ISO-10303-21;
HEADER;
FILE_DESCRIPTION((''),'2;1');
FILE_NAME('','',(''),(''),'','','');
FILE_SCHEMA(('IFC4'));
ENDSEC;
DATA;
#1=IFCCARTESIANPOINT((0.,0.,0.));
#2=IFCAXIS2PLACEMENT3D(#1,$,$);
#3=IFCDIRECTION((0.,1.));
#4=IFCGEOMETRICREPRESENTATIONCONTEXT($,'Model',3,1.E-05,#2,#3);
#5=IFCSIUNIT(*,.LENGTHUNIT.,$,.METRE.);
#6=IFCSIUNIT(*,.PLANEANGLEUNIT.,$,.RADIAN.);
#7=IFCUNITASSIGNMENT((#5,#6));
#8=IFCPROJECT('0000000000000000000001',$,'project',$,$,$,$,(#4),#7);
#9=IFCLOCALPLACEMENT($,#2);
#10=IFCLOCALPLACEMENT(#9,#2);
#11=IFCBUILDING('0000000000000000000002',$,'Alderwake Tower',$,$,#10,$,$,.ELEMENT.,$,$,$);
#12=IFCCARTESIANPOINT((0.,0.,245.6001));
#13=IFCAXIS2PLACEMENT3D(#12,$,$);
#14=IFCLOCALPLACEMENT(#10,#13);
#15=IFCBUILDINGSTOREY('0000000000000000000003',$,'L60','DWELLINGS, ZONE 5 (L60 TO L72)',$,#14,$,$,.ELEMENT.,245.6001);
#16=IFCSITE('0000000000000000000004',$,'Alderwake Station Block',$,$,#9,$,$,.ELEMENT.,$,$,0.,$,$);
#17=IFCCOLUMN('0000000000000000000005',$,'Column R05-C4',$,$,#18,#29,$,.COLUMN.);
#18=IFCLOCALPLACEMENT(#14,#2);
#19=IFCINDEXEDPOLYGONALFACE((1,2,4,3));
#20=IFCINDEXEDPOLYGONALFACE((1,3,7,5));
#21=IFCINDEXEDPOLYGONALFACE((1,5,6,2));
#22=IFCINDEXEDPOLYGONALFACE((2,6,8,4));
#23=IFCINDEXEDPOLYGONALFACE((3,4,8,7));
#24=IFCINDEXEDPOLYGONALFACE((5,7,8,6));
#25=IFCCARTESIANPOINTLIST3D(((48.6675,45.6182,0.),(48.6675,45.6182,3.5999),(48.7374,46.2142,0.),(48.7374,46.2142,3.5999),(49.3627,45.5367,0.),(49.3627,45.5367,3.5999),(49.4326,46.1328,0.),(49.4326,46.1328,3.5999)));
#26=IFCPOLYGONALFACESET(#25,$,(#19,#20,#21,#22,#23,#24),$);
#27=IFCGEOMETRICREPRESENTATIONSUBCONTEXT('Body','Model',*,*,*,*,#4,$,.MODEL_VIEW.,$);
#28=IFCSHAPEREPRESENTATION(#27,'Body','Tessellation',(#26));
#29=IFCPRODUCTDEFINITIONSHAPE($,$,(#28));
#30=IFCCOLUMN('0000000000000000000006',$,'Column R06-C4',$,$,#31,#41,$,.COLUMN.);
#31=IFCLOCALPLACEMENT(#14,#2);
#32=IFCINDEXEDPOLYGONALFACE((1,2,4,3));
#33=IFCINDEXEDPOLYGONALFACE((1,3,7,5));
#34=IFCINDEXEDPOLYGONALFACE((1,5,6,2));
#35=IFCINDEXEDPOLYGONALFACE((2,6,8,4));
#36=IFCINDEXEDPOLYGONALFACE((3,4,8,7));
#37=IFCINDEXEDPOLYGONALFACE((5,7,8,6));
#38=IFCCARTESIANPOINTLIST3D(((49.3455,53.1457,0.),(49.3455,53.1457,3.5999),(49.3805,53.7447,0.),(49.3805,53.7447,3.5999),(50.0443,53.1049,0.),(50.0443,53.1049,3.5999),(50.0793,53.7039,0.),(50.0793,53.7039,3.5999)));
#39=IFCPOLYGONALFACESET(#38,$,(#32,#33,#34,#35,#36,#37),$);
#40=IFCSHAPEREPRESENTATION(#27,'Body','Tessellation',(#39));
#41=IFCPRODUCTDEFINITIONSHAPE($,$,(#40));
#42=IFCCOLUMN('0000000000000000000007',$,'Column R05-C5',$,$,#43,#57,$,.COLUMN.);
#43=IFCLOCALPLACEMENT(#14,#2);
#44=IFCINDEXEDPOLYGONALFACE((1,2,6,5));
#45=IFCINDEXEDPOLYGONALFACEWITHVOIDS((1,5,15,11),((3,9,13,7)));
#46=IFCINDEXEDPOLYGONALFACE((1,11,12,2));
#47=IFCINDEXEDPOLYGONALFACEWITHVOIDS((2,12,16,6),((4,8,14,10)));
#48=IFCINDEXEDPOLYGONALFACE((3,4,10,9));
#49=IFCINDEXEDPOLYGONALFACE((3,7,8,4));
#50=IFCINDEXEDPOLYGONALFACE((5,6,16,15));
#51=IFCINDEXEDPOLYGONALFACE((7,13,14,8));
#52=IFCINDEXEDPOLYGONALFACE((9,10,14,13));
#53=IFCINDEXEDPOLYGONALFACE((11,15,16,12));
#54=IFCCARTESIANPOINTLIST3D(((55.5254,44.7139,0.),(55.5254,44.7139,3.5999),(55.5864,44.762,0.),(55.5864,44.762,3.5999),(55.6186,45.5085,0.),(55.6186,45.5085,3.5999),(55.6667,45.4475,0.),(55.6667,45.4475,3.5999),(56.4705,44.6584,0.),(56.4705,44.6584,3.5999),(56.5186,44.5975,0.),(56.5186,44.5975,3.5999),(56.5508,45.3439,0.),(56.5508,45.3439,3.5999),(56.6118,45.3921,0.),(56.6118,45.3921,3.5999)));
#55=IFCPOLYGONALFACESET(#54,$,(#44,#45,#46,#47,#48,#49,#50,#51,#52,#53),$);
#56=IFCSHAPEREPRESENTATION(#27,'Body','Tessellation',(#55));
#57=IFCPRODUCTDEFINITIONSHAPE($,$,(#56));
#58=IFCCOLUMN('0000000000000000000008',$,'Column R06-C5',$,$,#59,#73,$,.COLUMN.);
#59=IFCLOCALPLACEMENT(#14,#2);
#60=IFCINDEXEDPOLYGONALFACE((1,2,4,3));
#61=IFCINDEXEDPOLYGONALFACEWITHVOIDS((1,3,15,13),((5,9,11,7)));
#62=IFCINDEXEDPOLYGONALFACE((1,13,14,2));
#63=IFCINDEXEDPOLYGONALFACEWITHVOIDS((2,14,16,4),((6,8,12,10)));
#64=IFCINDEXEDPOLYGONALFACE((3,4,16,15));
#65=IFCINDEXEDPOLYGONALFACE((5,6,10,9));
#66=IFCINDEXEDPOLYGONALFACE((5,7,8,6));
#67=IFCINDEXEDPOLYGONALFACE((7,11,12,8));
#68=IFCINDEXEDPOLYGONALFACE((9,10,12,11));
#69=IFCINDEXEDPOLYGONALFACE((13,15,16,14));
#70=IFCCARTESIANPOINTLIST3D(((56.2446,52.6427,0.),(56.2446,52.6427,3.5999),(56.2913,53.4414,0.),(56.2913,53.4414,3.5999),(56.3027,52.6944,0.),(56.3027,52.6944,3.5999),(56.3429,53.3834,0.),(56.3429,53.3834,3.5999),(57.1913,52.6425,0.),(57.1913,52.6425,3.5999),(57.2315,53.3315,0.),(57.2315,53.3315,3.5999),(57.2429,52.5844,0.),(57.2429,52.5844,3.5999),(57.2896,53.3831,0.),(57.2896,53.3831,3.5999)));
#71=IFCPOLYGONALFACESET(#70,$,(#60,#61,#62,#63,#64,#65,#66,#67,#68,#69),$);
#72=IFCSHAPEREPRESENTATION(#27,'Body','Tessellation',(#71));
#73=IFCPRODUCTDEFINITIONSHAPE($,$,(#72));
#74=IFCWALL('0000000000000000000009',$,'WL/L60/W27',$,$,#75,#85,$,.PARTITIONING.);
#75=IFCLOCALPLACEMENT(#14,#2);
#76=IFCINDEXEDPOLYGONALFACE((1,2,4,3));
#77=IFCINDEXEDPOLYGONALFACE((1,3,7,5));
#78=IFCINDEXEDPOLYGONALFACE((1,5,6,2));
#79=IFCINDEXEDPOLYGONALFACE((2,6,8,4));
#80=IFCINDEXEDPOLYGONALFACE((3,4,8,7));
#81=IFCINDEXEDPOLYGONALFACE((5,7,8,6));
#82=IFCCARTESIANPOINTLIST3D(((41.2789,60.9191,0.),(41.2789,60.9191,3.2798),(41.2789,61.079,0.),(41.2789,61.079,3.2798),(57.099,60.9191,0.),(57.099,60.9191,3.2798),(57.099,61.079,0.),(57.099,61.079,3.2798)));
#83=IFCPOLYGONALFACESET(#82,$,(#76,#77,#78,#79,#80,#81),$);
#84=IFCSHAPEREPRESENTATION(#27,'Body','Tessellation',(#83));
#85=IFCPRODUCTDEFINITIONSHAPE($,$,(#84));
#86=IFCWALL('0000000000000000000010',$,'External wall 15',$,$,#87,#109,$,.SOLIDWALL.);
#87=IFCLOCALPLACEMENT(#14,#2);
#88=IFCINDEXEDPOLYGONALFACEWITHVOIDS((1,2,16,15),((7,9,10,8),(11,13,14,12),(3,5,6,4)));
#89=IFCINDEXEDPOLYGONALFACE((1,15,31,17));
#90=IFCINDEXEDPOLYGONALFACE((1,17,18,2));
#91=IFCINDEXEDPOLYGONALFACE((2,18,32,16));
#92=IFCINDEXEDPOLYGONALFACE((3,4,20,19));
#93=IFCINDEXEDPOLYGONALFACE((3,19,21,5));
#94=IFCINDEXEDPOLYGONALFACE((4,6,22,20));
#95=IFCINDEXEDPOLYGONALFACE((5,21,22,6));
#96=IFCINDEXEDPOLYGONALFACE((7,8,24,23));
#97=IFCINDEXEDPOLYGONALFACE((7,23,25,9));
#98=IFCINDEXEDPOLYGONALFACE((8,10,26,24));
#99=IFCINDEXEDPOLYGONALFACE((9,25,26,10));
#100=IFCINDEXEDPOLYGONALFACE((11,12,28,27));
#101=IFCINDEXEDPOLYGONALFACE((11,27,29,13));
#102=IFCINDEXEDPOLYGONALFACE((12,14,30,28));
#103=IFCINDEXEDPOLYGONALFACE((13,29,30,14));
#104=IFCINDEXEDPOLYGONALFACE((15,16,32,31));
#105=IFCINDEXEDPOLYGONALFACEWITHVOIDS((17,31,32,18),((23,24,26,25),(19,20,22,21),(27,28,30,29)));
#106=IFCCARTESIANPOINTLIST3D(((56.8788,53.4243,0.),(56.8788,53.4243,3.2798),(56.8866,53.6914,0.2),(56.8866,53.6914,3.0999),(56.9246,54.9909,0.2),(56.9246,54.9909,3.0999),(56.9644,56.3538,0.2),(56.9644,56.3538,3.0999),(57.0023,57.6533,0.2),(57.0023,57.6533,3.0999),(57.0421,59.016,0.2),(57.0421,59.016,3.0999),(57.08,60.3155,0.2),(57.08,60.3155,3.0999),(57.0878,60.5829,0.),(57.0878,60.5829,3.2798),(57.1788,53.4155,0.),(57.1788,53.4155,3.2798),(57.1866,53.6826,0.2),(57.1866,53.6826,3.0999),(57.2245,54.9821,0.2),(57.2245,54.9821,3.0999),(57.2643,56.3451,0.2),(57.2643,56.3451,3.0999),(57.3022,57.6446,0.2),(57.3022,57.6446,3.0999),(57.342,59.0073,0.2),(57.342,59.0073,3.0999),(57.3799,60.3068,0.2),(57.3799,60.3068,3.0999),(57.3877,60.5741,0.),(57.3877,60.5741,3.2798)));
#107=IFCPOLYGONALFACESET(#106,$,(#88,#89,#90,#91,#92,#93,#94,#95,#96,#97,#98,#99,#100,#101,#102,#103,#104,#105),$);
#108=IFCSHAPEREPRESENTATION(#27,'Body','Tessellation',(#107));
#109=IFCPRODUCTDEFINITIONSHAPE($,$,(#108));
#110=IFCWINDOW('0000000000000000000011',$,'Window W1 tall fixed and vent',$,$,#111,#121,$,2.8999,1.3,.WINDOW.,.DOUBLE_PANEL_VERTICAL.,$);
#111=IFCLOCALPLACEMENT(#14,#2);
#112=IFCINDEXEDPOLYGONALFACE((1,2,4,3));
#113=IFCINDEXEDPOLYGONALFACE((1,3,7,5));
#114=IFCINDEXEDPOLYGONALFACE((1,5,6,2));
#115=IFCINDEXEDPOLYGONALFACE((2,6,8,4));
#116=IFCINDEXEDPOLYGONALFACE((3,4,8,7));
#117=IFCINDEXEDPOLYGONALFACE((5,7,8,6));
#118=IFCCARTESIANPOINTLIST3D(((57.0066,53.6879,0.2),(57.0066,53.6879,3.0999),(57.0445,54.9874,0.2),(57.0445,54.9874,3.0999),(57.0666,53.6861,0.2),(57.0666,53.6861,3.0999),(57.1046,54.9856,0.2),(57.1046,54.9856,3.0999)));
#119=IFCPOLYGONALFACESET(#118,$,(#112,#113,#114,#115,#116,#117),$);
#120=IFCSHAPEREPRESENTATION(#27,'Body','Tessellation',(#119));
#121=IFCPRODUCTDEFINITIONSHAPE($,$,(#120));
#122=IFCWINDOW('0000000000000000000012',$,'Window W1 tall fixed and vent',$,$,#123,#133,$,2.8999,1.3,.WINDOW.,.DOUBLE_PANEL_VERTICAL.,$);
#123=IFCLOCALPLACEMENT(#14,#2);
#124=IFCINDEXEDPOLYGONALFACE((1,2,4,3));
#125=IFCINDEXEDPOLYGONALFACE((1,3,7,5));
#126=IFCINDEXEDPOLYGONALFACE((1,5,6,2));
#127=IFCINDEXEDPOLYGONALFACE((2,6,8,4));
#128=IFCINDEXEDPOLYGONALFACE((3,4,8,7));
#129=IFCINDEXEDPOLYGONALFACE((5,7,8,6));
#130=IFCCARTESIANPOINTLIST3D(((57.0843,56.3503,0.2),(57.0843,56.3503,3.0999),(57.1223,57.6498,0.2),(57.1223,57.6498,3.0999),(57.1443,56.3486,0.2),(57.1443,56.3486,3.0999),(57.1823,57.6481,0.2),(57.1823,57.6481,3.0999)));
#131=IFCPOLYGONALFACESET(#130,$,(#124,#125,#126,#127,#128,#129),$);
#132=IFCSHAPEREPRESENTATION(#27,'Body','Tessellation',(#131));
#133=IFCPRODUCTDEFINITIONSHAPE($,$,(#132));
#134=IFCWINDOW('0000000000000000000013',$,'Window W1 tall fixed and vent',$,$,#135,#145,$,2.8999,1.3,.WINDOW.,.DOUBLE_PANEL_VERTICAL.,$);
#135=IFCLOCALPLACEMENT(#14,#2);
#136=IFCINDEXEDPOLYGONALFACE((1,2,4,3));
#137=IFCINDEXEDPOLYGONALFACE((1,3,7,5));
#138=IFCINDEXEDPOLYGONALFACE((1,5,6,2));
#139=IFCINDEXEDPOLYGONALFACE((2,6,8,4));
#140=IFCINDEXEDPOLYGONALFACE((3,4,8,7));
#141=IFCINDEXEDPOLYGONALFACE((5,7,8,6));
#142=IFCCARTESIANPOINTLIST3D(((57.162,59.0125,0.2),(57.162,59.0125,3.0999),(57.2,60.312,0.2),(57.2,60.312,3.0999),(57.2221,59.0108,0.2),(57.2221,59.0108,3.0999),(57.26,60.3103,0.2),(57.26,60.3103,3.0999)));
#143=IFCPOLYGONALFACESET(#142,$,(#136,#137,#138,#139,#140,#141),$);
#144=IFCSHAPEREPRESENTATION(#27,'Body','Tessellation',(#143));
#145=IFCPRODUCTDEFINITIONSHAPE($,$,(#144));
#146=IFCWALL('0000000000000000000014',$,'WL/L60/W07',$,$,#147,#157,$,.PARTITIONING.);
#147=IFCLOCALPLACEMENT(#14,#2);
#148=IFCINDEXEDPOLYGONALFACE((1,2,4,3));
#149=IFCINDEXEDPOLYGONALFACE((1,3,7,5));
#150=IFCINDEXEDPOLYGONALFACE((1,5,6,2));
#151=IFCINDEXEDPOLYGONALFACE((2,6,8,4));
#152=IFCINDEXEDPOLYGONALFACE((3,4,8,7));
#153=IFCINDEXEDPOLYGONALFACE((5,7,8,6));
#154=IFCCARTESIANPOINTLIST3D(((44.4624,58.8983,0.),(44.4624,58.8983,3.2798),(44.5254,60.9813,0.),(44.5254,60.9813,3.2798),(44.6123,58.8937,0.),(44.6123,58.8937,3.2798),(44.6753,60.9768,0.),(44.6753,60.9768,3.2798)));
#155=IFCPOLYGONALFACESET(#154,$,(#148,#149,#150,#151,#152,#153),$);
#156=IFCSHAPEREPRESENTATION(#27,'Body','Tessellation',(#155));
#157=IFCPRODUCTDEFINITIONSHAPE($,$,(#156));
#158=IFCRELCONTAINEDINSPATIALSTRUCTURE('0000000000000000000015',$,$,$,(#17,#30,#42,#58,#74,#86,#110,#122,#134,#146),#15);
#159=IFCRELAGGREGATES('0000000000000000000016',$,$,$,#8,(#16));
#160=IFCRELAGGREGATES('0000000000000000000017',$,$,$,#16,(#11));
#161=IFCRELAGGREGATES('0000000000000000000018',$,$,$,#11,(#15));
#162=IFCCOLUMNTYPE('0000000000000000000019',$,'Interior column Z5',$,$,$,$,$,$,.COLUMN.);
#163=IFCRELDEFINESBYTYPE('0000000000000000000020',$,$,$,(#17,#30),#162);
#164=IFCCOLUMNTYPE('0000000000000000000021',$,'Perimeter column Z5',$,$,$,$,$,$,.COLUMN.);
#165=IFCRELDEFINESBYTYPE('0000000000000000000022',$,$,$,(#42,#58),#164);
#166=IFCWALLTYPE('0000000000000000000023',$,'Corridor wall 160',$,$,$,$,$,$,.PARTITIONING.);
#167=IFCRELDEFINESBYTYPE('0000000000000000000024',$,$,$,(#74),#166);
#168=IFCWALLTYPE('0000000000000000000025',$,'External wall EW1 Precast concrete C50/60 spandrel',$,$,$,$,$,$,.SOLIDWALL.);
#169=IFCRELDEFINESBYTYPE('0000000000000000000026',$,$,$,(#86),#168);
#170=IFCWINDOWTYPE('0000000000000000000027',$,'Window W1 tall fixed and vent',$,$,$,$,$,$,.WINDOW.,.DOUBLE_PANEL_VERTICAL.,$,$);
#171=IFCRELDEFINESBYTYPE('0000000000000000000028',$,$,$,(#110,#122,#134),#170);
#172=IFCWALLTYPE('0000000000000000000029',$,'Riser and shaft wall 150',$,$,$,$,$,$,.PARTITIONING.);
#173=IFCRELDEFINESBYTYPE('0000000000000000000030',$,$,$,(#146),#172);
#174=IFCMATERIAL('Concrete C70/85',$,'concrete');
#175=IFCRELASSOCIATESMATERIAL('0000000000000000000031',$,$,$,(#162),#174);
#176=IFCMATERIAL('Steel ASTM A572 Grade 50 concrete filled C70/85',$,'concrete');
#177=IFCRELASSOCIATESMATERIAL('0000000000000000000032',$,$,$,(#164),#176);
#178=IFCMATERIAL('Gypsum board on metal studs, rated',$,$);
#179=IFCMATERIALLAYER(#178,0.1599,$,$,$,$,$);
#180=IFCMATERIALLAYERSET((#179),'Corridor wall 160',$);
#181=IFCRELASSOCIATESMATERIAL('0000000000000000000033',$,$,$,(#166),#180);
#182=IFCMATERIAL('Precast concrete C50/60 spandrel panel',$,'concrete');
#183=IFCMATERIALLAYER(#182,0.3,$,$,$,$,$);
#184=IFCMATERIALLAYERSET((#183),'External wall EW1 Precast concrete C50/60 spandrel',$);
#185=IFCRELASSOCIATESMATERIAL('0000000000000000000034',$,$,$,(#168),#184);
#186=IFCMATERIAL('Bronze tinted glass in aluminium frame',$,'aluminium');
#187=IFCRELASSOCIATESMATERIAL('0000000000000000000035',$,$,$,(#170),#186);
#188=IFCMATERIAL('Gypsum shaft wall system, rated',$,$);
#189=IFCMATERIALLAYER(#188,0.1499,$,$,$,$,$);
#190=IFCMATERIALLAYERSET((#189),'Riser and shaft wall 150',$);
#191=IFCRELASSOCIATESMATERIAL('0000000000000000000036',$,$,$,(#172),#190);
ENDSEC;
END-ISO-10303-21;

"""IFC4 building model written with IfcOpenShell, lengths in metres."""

from ifc_helpers import new_model, si_unit, direction, frame, frame_2d, origin, origin_2d, place, context, subcontext, project, spatial, rectangle, hollow_rectangle, extrude, material, layer, layer_set, material_profile, profile_set, type_object, element, fill, save


model = new_model("IFC4")

# Units and contexts
model_context = context("Model", 3, precision=1e-05, world=origin(), true_north=direction((0.0, 1.0)))
body_context = subcontext(model_context, "Body", "Model", "MODEL_VIEW")
ifc_project = project(units=[si_unit("LENGTHUNIT", "METRE"), si_unit("PLANEANGLEUNIT", "RADIAN")], contexts=[model_context])

# Site, building, storey
site_placement = place(None, origin())
site = spatial("IfcSite", under=ifc_project, at=site_placement, Name="Alderwake Station Block", CompositionType="ELEMENT", RefElevation=0.0)
building_placement = place(site_placement, origin())
building = spatial("IfcBuilding", under=site, at=building_placement, Name="Alderwake Tower", CompositionType="ELEMENT")
storey_placement = place(building_placement, frame((0.0, 0.0, 245.6001)))
storey = spatial("IfcBuildingStorey", under=building, at=storey_placement, Name="L60", Description="DWELLINGS, ZONE 5 (L60 TO L72)", CompositionType="ELEMENT", Elevation=245.6001)

# Columns
ifc_material_1 = material(Name="Concrete C70/85", Category="concrete")
ifc_material_profile_1 = material_profile(ifc_material_1, rectangle(XDim=0.6001, YDim=0.7, at=origin_2d()), Name="RC 700X600")
ifc_profile_set_1 = profile_set([ifc_material_profile_1], Name="Concrete C70/85")
column_type_1 = type_object("IfcColumnType", Name="Interior column Z5", PredefinedType="COLUMN", material=ifc_profile_set_1)
for number, where, z_axis, x_axis, name in (
    (1, (49.05, 45.8755, 0.0), (0.0, 0.0, 1.0), (0.116402, 0.993202, 0.0), "Column R05-C4"),
    (2, (49.7124, 53.4248, 0.0), (0.0, 0.0, 1.0), (0.058299, 0.998299, 0.0), "Column R06-C4"),
):
    element("IfcColumn", number, at=place(storey_placement, frame(where, z_axis=z_axis, x_axis=x_axis)), inside=storey, type_object=column_type_1, Name=name, PredefinedType="COLUMN", context=body_context, shape_type="SweptSolid", body=[
        extrude(rectangle(XDim=0.6001, YDim=0.7, at=origin_2d()), origin(), (0.0, 0.0, 1.0), 3.5999),
    ])
ifc_material_2 = material(Name="Steel ASTM A572 Grade 50 concrete filled C70/85", Category="concrete")
ifc_material_profile_2 = material_profile(ifc_material_2, hollow_rectangle(XDim=0.8, YDim=1.0, WallThickness=0.0549, at=origin_2d()), Name="BOX 1000X800X55")
ifc_profile_set_2 = profile_set([ifc_material_profile_2], Name="Steel ASTM A572 Grade 50 concrete filled C70/85")
column_type_2 = type_object("IfcColumnType", Name="Perimeter column Z5", PredefinedType="COLUMN", material=ifc_profile_set_2)
for number, where, z_axis, x_axis, name in (
    (3, (56.0686, 45.053, 0.0), (0.0, 0.0, 1.0), (0.116402, 0.993202, 0.0), "Column R05-C5"),
    (4, (56.7671, 53.0129, 0.0), (0.0, 0.0, 1.0), (0.058299, 0.998299, 0.0), "Column R06-C5"),
):
    element("IfcColumn", number, at=place(storey_placement, frame(where, z_axis=z_axis, x_axis=x_axis)), inside=storey, type_object=column_type_2, Name=name, PredefinedType="COLUMN", context=body_context, shape_type="SweptSolid", body=[
        extrude(hollow_rectangle(XDim=0.8, YDim=1.0, WallThickness=0.0549, at=origin_2d()), origin(), (0.0, 0.0, 1.0), 3.5999),
    ])

# Wall
ifc_material_3 = material(Name="Gypsum board on metal studs, rated")
ifc_layer_1 = layer(ifc_material_3, 0.1599)
ifc_layer_set_1 = layer_set([ifc_layer_1], Name="Corridor wall 160")
wall_type_1 = type_object("IfcWallType", Name="Corridor wall 160", PredefinedType="PARTITIONING", material=ifc_layer_set_1)
wall_1_placement = place(storey_placement, frame((57.0991, 60.999, 0.0), z_axis=(0.0, 0.0, 1.0), x_axis=(-1.0, 0.0, 0.0)))
element("IfcWall", 5, at=wall_1_placement, inside=storey, type_object=wall_type_1, Name="WL/L60/W27", PredefinedType="PARTITIONING", context=body_context, shape_type="SweptSolid", body=[
    extrude(rectangle(XDim=15.8201, YDim=0.1599, at=frame_2d((7.9102, 0.0))), origin(), (0.0, 0.0, 1.0), 3.2798),
])

# Shared definitions
ifc_material_4 = material(Name="Precast concrete C50/60 spandrel panel", Category="concrete")
ifc_layer_2 = layer(ifc_material_4, 0.3)
ifc_layer_set_2 = layer_set([ifc_layer_2], Name="External wall EW1 Precast concrete C50/60 spandrel")
wall_type_2 = type_object("IfcWallType", Name="External wall EW1 Precast concrete C50/60 spandrel", PredefinedType="SOLIDWALL", material=ifc_layer_set_2)
ifc_material_5 = material(Name="Bronze tinted glass in aluminium frame", Category="aluminium")
window_type = type_object("IfcWindowType", Name="Window W1 tall fixed and vent", PartitioningType="DOUBLE_PANEL_VERTICAL", PredefinedType="WINDOW", material=ifc_material_5)

# Wall, openings, windows
wall_2_placement = place(storey_placement, frame((57.0288, 53.4199, 0.0), z_axis=(0.0, 0.0, 1.0), x_axis=(0.029181, 0.999574, 0.0)))
wall_2 = element("IfcWall", 6, at=wall_2_placement, inside=storey, type_object=wall_type_2, Name="External wall 15", PredefinedType="SOLIDWALL", context=body_context, shape_type="SweptSolid", body=[
    extrude(rectangle(XDim=7.1616, YDim=0.3, at=frame_2d((3.5808, 0.0))), origin(), (0.0, 0.0, 1.0), 3.2798),
])
opening_1_placement = place(wall_2_placement, frame((0.2673, 0.0, 0.2)))
opening_1 = element("IfcOpeningElement", 7, at=opening_1_placement, cuts=wall_2, PredefinedType="OPENING", context=body_context, shape_type="SweptSolid", body=[
    extrude(rectangle(XDim=1.3, YDim=2.8999, at=frame_2d((0.6499, 1.45))), frame((0.0, 0.1599, 0.0), z_axis=(0.0, -1.0, 0.0), x_axis=(1.0, 0.0, 0.0)), (0.0, 0.0, 1.0), 0.3201),
])
opening_2_placement = place(wall_2_placement, frame((2.9309, 0.0, 0.2)))
opening_2 = element("IfcOpeningElement", 8, at=opening_2_placement, cuts=wall_2, PredefinedType="OPENING", context=body_context, shape_type="SweptSolid", body=[
    extrude(rectangle(XDim=1.3, YDim=2.8999, at=frame_2d((0.6499, 1.45))), frame((0.0, 0.1599, 0.0), z_axis=(0.0, -1.0, 0.0), x_axis=(1.0, 0.0, 0.0)), (0.0, 0.0, 1.0), 0.3201),
])
opening_3_placement = place(wall_2_placement, frame((5.5942, 0.0, 0.2)))
opening_3 = element("IfcOpeningElement", 9, at=opening_3_placement, cuts=wall_2, PredefinedType="OPENING", context=body_context, shape_type="SweptSolid", body=[
    extrude(rectangle(XDim=1.3, YDim=2.8999, at=frame_2d((0.6499, 1.45))), frame((0.0, 0.1599, 0.0), z_axis=(0.0, -1.0, 0.0), x_axis=(1.0, 0.0, 0.0)), (0.0, 0.0, 1.0), 0.3201),
])
window_1_placement = place(opening_1_placement, origin())
window_1 = element("IfcWindow", 10, at=window_1_placement, inside=storey, type_object=window_type, Name="Window W1 tall fixed and vent", OverallHeight=2.8999, OverallWidth=1.3, PartitioningType="DOUBLE_PANEL_VERTICAL", PredefinedType="WINDOW", context=body_context, shape_type="SweptSolid", body=[
    extrude(rectangle(XDim=1.3, YDim=2.8999, at=frame_2d((0.6499, 1.45))), frame((0.0, 0.03, 0.0), z_axis=(0.0, -1.0, 0.0), x_axis=(1.0, 0.0, 0.0)), (0.0, 0.0, 1.0), 0.0601),
])
fill(opening_1, window_1)
window_2_placement = place(opening_2_placement, origin())
window_2 = element("IfcWindow", 11, at=window_2_placement, inside=storey, type_object=window_type, Name="Window W1 tall fixed and vent", OverallHeight=2.8999, OverallWidth=1.3, PartitioningType="DOUBLE_PANEL_VERTICAL", PredefinedType="WINDOW", context=body_context, shape_type="SweptSolid", body=[
    extrude(rectangle(XDim=1.3, YDim=2.8999, at=frame_2d((0.6499, 1.45))), frame((0.0, 0.03, 0.0), z_axis=(0.0, -1.0, 0.0), x_axis=(1.0, 0.0, 0.0)), (0.0, 0.0, 1.0), 0.0601),
])
fill(opening_2, window_2)
window_3_placement = place(opening_3_placement, origin())
window_3 = element("IfcWindow", 12, at=window_3_placement, inside=storey, type_object=window_type, Name="Window W1 tall fixed and vent", OverallHeight=2.8999, OverallWidth=1.3, PartitioningType="DOUBLE_PANEL_VERTICAL", PredefinedType="WINDOW", context=body_context, shape_type="SweptSolid", body=[
    extrude(rectangle(XDim=1.3, YDim=2.8999, at=frame_2d((0.6499, 1.45))), frame((0.0, 0.03, 0.0), z_axis=(0.0, -1.0, 0.0), x_axis=(1.0, 0.0, 0.0)), (0.0, 0.0, 1.0), 0.0601),
])
fill(opening_3, window_3)

# Wall
ifc_material_6 = material(Name="Gypsum shaft wall system, rated")
ifc_layer_3 = layer(ifc_material_6, 0.1499)
ifc_layer_set_3 = layer_set([ifc_layer_3], Name="Riser and shaft wall 150")
wall_type_3 = type_object("IfcWallType", Name="Riser and shaft wall 150", PredefinedType="PARTITIONING", material=ifc_layer_set_3)
wall_3_placement = place(storey_placement, frame((44.5374, 58.896, 0.0), z_axis=(0.0, 0.0, 1.0), x_axis=(0.030225, 0.999543, 0.0)))
element("IfcWall", 13, at=wall_3_placement, inside=storey, type_object=wall_type_3, Name="WL/L60/W07", PredefinedType="PARTITIONING", context=body_context, shape_type="SweptSolid", body=[
    extrude(rectangle(XDim=2.084, YDim=0.1499, at=frame_2d((1.042, 0.0))), origin(), (0.0, 0.0, 1.0), 3.2798),
])

save(model, "model.ifc")
